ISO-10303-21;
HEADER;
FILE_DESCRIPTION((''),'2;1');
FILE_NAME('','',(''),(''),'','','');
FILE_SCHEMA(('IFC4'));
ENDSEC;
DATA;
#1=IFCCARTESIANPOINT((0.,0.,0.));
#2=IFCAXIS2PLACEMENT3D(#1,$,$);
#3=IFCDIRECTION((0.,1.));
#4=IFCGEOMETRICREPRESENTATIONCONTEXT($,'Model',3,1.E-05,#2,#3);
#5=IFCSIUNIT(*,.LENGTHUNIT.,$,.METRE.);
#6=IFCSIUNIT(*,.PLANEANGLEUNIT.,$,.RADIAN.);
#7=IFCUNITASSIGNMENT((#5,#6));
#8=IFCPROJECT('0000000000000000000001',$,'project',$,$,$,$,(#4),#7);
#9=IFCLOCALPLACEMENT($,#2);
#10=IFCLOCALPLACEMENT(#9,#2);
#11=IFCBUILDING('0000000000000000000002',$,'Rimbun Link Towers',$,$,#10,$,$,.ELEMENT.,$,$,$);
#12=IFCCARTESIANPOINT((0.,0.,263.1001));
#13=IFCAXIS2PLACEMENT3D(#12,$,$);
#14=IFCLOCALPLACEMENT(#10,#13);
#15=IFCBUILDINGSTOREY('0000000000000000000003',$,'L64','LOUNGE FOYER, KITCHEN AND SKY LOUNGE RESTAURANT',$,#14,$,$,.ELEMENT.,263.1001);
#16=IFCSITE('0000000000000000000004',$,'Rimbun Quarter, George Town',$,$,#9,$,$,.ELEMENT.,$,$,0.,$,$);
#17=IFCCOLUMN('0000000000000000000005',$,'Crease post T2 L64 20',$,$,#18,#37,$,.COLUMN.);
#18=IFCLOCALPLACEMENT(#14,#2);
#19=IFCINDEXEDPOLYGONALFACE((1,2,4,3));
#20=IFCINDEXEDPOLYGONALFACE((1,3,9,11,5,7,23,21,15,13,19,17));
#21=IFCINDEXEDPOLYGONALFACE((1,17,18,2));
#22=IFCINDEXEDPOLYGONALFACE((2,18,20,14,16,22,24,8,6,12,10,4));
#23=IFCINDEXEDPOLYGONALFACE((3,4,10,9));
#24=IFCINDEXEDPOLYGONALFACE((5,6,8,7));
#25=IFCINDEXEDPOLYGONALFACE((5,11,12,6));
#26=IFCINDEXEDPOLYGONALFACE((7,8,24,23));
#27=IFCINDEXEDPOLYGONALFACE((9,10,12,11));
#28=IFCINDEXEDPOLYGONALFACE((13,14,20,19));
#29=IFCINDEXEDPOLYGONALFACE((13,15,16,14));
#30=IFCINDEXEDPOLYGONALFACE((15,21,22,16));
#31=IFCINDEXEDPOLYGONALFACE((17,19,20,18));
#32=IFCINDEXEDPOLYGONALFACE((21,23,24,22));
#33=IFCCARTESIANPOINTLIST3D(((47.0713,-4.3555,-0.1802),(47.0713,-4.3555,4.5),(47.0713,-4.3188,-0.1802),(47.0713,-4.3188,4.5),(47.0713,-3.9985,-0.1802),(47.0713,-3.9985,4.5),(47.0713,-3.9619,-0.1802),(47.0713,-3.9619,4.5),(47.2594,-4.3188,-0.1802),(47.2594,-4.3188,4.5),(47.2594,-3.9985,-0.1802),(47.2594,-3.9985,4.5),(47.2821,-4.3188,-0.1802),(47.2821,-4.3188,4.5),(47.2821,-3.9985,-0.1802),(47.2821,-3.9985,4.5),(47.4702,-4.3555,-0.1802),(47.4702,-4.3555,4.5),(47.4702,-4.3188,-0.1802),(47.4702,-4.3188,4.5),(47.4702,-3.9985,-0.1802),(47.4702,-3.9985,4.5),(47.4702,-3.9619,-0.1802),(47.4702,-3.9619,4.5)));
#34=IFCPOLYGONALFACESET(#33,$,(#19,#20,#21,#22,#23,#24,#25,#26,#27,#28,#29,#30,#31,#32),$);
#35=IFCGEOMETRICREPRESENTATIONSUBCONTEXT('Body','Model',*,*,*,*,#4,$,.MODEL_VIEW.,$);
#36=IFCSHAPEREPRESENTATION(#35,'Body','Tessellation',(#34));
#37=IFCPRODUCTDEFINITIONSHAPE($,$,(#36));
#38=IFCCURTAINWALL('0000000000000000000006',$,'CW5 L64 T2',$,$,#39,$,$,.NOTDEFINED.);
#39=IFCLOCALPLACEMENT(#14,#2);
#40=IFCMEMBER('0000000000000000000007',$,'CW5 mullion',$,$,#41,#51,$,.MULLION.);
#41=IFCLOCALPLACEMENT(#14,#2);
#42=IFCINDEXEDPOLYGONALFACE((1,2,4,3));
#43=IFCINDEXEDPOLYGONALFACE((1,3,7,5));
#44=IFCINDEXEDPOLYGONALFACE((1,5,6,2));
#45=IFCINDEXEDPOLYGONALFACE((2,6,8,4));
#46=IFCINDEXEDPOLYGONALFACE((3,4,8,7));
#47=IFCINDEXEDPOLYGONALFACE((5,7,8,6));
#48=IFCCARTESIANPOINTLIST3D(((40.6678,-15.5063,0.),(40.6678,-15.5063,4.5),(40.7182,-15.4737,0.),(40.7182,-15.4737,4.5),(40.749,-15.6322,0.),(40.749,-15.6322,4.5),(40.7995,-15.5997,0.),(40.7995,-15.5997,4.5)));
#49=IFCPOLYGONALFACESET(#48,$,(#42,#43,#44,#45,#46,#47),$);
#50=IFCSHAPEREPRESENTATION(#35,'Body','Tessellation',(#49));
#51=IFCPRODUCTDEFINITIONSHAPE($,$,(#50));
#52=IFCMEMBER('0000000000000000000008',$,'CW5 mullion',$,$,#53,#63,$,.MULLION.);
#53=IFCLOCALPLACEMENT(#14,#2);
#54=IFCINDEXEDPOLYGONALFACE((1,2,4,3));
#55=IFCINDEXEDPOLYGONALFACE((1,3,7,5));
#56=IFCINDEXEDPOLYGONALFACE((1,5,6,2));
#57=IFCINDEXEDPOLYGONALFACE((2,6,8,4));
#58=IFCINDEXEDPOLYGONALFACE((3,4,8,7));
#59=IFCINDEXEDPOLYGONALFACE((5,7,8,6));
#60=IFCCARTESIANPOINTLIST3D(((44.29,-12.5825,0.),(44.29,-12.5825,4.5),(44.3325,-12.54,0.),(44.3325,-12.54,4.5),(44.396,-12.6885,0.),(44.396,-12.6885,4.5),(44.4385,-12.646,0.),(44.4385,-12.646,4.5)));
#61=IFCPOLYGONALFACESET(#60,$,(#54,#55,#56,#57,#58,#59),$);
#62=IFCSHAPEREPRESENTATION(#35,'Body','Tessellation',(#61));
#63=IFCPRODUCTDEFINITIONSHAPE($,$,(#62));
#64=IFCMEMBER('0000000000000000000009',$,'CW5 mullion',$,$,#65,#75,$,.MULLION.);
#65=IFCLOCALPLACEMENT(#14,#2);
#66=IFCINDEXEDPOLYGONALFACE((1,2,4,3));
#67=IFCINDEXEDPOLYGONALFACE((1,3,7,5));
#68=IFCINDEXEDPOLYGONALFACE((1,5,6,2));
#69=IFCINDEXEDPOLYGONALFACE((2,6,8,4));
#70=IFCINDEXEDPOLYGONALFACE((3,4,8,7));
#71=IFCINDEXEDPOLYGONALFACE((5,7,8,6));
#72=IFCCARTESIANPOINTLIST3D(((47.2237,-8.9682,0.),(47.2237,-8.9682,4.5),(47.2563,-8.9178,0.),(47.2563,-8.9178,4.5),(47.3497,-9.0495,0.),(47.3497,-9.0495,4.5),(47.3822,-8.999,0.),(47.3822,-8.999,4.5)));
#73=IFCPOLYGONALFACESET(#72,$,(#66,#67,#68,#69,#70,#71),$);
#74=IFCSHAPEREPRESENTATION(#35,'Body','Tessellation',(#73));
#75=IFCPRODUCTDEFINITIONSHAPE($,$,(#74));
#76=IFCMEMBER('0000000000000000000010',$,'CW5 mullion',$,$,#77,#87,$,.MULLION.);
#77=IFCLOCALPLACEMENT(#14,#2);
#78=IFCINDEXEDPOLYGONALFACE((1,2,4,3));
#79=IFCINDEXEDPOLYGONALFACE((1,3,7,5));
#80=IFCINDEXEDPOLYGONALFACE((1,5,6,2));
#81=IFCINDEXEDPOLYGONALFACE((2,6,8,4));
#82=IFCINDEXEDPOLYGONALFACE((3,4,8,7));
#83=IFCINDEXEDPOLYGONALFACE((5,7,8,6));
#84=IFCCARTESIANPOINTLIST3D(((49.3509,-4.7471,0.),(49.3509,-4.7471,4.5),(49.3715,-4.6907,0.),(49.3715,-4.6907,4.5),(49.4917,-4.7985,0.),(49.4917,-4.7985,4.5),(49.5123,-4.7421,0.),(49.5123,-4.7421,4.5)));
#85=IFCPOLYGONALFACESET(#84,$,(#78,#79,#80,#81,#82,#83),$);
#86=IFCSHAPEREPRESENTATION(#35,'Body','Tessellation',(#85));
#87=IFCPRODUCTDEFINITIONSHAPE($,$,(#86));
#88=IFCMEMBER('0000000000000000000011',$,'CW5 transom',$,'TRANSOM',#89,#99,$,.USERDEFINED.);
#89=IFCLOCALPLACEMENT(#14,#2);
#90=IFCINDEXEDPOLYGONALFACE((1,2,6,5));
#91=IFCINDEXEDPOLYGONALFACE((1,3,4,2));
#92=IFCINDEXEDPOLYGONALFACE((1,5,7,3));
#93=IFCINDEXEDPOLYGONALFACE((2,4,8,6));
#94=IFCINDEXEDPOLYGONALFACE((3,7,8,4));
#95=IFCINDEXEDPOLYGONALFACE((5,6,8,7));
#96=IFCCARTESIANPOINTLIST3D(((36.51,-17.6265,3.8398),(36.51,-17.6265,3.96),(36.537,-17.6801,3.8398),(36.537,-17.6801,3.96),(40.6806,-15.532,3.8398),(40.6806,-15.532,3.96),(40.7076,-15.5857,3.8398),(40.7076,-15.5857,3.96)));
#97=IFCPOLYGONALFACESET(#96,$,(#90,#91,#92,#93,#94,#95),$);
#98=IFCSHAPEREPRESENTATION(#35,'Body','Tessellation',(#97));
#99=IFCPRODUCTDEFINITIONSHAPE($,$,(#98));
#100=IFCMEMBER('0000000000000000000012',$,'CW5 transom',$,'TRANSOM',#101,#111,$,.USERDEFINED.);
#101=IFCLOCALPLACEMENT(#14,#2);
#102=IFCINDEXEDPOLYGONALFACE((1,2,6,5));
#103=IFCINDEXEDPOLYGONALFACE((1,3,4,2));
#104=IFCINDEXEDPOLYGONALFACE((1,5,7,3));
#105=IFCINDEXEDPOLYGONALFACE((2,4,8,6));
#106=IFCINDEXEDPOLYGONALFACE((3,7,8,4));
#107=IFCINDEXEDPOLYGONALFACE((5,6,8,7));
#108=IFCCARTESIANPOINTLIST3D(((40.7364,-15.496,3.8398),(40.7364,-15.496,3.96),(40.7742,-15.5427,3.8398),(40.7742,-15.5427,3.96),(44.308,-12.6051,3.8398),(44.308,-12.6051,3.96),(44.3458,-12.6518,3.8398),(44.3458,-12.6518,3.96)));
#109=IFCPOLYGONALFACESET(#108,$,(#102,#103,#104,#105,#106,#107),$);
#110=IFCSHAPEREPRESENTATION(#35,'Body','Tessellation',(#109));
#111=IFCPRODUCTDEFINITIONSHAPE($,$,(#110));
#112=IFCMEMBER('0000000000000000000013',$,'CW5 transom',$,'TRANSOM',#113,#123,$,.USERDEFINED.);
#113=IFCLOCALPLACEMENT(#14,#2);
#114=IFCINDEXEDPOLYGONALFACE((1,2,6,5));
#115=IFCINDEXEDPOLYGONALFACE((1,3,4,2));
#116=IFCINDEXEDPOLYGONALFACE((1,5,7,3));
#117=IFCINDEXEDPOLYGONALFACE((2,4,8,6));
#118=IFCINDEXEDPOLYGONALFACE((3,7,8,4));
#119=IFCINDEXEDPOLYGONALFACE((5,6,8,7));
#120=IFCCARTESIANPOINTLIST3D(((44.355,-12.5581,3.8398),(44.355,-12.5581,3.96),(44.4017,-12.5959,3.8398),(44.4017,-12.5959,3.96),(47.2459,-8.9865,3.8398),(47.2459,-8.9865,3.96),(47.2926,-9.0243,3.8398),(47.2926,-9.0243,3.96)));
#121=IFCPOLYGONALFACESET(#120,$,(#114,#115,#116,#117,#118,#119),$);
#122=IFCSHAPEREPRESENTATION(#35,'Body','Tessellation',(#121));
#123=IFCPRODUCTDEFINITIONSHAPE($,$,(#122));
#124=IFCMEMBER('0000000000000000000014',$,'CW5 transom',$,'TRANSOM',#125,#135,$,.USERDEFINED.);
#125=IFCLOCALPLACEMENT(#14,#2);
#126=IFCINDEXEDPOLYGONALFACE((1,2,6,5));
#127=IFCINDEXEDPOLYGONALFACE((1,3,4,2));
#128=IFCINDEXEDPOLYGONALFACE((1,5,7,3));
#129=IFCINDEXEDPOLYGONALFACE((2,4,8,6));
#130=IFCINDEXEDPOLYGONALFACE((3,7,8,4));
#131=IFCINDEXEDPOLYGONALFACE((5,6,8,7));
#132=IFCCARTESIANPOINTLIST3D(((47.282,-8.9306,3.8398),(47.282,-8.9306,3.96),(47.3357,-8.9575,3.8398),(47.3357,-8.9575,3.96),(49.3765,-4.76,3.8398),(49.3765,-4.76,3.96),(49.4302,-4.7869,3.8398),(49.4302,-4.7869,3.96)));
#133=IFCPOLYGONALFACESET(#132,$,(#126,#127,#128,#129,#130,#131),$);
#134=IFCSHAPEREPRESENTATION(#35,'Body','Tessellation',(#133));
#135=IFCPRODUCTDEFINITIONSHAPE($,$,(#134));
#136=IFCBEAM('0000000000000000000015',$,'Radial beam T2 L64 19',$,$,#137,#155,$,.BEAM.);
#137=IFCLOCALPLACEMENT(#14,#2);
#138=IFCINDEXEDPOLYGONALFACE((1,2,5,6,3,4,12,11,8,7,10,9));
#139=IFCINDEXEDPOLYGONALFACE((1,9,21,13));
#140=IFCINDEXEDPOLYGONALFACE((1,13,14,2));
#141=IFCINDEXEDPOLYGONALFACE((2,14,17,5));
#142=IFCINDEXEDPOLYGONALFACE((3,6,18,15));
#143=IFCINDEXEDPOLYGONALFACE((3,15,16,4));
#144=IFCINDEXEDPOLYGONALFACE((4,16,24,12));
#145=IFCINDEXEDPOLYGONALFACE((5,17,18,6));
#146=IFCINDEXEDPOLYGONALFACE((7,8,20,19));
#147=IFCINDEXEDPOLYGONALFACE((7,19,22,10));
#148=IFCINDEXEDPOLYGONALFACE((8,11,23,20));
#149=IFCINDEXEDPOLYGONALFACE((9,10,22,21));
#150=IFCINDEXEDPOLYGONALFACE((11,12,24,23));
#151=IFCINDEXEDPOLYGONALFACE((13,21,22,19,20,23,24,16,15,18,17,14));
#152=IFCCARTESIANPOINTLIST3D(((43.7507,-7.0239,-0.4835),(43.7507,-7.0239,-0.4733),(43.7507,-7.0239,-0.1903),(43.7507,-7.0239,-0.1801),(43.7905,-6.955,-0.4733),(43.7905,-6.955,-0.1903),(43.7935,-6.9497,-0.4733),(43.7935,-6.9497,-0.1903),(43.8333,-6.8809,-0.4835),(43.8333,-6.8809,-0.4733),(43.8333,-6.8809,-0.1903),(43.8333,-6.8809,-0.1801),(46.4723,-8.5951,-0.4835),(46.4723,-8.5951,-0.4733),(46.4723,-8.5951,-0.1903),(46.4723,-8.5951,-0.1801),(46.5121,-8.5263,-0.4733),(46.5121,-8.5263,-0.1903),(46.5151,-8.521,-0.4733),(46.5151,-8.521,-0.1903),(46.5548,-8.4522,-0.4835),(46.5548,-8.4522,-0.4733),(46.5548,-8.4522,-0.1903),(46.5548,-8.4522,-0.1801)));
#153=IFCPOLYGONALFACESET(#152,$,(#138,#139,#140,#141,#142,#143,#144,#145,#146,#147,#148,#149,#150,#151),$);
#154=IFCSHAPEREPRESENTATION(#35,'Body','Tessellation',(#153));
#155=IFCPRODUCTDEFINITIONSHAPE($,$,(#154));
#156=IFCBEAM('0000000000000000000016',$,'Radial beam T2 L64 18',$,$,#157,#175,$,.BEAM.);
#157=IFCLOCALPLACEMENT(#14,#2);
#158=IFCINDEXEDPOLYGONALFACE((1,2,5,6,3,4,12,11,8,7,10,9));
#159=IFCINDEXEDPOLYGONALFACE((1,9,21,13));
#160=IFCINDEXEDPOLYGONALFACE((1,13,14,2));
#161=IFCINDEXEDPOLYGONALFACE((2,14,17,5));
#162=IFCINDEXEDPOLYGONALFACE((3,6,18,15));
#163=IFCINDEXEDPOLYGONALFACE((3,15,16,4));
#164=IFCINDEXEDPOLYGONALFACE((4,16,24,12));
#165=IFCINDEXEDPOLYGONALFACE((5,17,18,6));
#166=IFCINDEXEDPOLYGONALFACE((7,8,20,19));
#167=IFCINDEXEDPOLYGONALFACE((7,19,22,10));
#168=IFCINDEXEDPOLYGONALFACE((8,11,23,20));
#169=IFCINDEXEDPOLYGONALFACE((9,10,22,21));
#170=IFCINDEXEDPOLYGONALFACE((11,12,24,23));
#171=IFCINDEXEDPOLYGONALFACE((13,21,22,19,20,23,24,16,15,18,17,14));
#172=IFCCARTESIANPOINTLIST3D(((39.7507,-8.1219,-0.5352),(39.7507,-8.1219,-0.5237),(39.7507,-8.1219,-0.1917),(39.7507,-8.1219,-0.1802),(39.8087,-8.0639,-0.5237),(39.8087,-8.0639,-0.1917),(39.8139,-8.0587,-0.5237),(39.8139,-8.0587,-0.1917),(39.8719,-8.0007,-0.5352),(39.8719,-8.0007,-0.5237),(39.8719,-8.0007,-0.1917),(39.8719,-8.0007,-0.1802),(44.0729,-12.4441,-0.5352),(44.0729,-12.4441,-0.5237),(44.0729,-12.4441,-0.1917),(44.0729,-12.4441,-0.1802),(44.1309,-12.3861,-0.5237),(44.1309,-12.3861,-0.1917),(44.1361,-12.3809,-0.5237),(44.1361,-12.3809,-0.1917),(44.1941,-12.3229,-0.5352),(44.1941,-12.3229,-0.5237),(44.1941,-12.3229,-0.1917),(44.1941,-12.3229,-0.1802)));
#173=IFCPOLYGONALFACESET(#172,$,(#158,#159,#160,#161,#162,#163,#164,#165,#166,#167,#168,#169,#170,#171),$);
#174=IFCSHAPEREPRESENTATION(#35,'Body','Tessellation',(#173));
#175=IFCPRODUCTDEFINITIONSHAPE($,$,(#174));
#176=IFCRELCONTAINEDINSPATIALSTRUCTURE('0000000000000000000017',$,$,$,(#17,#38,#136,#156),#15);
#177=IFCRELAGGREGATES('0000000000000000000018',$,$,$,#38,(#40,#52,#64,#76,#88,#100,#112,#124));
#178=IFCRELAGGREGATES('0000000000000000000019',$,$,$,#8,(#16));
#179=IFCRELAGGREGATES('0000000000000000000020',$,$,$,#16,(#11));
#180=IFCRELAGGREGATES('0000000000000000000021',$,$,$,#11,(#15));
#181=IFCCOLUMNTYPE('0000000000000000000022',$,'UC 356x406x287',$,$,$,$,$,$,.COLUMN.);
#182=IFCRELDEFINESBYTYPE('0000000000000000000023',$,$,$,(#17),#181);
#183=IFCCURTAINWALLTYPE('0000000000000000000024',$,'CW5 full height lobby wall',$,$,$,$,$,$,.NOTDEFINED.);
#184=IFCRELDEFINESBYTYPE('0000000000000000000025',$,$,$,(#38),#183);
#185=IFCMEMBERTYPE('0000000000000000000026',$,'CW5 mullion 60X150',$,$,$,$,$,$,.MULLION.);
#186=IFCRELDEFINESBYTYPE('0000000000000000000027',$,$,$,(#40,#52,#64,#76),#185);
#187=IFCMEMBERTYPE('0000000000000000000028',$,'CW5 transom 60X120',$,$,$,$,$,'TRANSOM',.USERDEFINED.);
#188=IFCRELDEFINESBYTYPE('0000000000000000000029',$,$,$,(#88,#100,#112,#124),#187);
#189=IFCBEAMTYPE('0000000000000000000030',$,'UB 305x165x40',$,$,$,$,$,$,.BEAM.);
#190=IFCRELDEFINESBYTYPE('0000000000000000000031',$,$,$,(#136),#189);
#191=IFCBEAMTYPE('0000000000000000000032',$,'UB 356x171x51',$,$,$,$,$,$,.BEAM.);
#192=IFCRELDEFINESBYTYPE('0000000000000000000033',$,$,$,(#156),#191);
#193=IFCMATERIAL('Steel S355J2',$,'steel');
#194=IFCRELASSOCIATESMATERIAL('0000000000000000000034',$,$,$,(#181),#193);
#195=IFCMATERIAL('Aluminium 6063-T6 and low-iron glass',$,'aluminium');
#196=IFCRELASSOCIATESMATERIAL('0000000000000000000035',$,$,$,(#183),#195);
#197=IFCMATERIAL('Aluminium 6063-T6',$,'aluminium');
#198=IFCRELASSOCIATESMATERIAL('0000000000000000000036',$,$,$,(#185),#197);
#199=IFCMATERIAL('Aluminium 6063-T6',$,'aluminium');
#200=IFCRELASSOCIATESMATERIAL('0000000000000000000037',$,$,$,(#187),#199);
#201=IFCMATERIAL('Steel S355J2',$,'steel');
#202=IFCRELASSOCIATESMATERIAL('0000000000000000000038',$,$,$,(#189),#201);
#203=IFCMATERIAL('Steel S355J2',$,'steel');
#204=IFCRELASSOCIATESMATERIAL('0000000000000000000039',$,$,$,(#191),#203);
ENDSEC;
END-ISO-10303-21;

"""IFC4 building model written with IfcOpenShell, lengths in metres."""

from ifc_helpers import new_model, si_unit, direction, frame, origin, origin_2d, place, context, subcontext, project, spatial, rectangle, i_section, extrude, material, material_profile, profile_set, type_object, element, aggregate, save


model = new_model("IFC4")

# Units and contexts
model_context = context("Model", 3, precision=1e-05, world=origin(), true_north=direction((0.0, 1.0)))
body_context = subcontext(model_context, "Body", "Model", "MODEL_VIEW")
ifc_project = project(units=[si_unit("LENGTHUNIT", "METRE"), si_unit("PLANEANGLEUNIT", "RADIAN")], contexts=[model_context])

# Site, building, storey
site_placement = place(None, origin())
site = spatial("IfcSite", under=ifc_project, at=site_placement, Name="Rimbun Quarter, George Town", CompositionType="ELEMENT", RefElevation=0.0)
building_placement = place(site_placement, origin())
building = spatial("IfcBuilding", under=site, at=building_placement, Name="Rimbun Link Towers", CompositionType="ELEMENT")
storey_placement = place(building_placement, frame((0.0, 0.0, 263.1001)))
storey = spatial("IfcBuildingStorey", under=building, at=storey_placement, Name="L64", Description="LOUNGE FOYER, KITCHEN AND SKY LOUNGE RESTAURANT", CompositionType="ELEMENT", Elevation=263.1001)

# Column
ifc_material_1 = material(Name="Steel S355J2", Category="steel")
ifc_material_profile_1 = material_profile(ifc_material_1, i_section(OverallWidth=0.3989, OverallDepth=0.3936, WebThickness=0.0227, FlangeThickness=0.0366, at=origin_2d()), Name="UC 356x406x287")
ifc_profile_set_1 = profile_set([ifc_material_profile_1], Name="Steel S355J2")
column_type = type_object("IfcColumnType", Name="UC 356x406x287", PredefinedType="COLUMN", material=ifc_profile_set_1)
column_placement = place(storey_placement, frame((47.2708, -4.1587, -0.1802), z_axis=(0.0, 0.0, 1.0), x_axis=(1.0, 0.0, 0.0)))
element("IfcColumn", 1, at=column_placement, inside=storey, type_object=column_type, Name="Crease post T2 L64 20", PredefinedType="COLUMN", context=body_context, shape_type="SweptSolid", body=[
    extrude(i_section(OverallWidth=0.3989, OverallDepth=0.3936, WebThickness=0.0227, FlangeThickness=0.0366, at=origin_2d()), origin(), (0.0, 0.0, 1.0), 4.6802),
])

# Curtain wall, members
ifc_material_2 = material(Name="Aluminium 6063-T6 and low-iron glass", Category="aluminium")
curtain_wall_type = type_object("IfcCurtainWallType", Name="CW5 full height lobby wall", PredefinedType="NOTDEFINED", material=ifc_material_2)
curtain_wall_placement = place(storey_placement, origin())
curtain_wall = element("IfcCurtainWall", 2, at=curtain_wall_placement, inside=storey, type_object=curtain_wall_type, Name="CW5 L64 T2", PredefinedType="NOTDEFINED")
ifc_material_3 = material(Name="Aluminium 6063-T6", Category="aluminium")
ifc_material_profile_2 = material_profile(ifc_material_3, rectangle(XDim=0.1499, YDim=0.0601, at=origin_2d()), Name="MULLION 60X150")
ifc_profile_set_2 = profile_set([ifc_material_profile_2], Name="Aluminium 6063-T6")
member_type_1 = type_object("IfcMemberType", Name="CW5 mullion 60X150", PredefinedType="MULLION", material=ifc_profile_set_2)
member_1_placement = place(storey_placement, frame((40.7336, -15.553, 0.0), z_axis=(0.0, 0.0, 1.0), x_axis=(0.542096, -0.840317, 0.0)))
member_1 = element("IfcMember", 3, at=member_1_placement, type_object=member_type_1, Name="CW5 mullion", PredefinedType="MULLION", context=body_context, shape_type="SweptSolid", body=[
    extrude(rectangle(XDim=0.1499, YDim=0.0601, at=origin_2d()), origin(), (0.0, 0.0, 1.0), 4.5),
])
member_2_placement = place(storey_placement, frame((44.3643, -12.6143, 0.0), z_axis=(0.0, 0.0, 1.0), x_axis=(0.707107, -0.707107, 0.0)))
member_2 = element("IfcMember", 4, at=member_2_placement, type_object=member_type_1, Name="CW5 mullion", PredefinedType="MULLION", context=body_context, shape_type="SweptSolid", body=[
    extrude(rectangle(XDim=0.1499, YDim=0.0601, at=origin_2d()), origin(), (0.0, 0.0, 1.0), 4.5),
])
member_3_placement = place(storey_placement, frame((47.303, -8.9836, 0.0), z_axis=(0.0, 0.0, 1.0), x_axis=(0.840317, -0.542096, 0.0)))
member_3 = element("IfcMember", 5, at=member_3_placement, type_object=member_type_1, Name="CW5 mullion", PredefinedType="MULLION", context=body_context, shape_type="SweptSolid", body=[
    extrude(rectangle(XDim=0.1499, YDim=0.0601, at=origin_2d()), origin(), (0.0, 0.0, 1.0), 4.5),
])
member_4_placement = place(storey_placement, frame((49.4316, -4.7446, 0.0), z_axis=(0.0, 0.0, 1.0), x_axis=(0.939345, -0.342975, 0.0)))
member_4 = element("IfcMember", 6, at=member_4_placement, type_object=member_type_1, Name="CW5 mullion", PredefinedType="MULLION", context=body_context, shape_type="SweptSolid", body=[
    extrude(rectangle(XDim=0.1499, YDim=0.0601, at=origin_2d()), origin(), (0.0, 0.0, 1.0), 4.5),
])
ifc_material_4 = material(Name="Aluminium 6063-T6", Category="aluminium")
ifc_material_profile_3 = material_profile(ifc_material_4, rectangle(XDim=0.0601, YDim=0.1201, at=origin_2d()), Name="TRANSOM 60X120")
ifc_profile_set_3 = profile_set([ifc_material_profile_3], Name="Aluminium 6063-T6")
member_type_2 = type_object("IfcMemberType", Name="CW5 transom 60X120", ElementType="TRANSOM", PredefinedType="USERDEFINED", material=ifc_profile_set_3)
member_5_placement = place(storey_placement, frame((40.6941, -15.5588, 3.8999), z_axis=(-0.893641, -0.448782, 0.0), x_axis=(0.448782, -0.893641, 0.0)))
member_5 = element("IfcMember", 7, at=member_5_placement, type_object=member_type_2, Name="CW5 transom", ObjectType="TRANSOM", PredefinedType="USERDEFINED", context=body_context, shape_type="SweptSolid", body=[
    extrude(rectangle(XDim=0.0601, YDim=0.1201, at=origin_2d()), origin(), (0.0, 0.0, 1.0), 4.667),
])
member_6_placement = place(storey_placement, frame((44.3269, -12.6284, 3.8999), z_axis=(-0.777284, -0.629149, 0.0), x_axis=(0.629149, -0.777284, 0.0)))
member_6 = element("IfcMember", 8, at=member_6_placement, type_object=member_type_2, Name="CW5 transom", ObjectType="TRANSOM", PredefinedType="USERDEFINED", context=body_context, shape_type="SweptSolid", body=[
    extrude(rectangle(XDim=0.0601, YDim=0.1201, at=origin_2d()), origin(), (0.0, 0.0, 1.0), 4.595),
])
member_7_placement = place(storey_placement, frame((47.2693, -9.0054, 3.8999), z_axis=(-0.629149, -0.777284, 0.0), x_axis=(0.777284, -0.629149, 0.0)))
member_7 = element("IfcMember", 9, at=member_7_placement, type_object=member_type_2, Name="CW5 transom", ObjectType="TRANSOM", PredefinedType="USERDEFINED", context=body_context, shape_type="SweptSolid", body=[
    extrude(rectangle(XDim=0.0601, YDim=0.1201, at=origin_2d()), origin(), (0.0, 0.0, 1.0), 4.595),
])
member_8_placement = place(storey_placement, frame((49.4033, -4.7734, 3.8999), z_axis=(-0.448782, -0.893641, 0.0), x_axis=(0.893641, -0.448782, 0.0)))
member_8 = element("IfcMember", 10, at=member_8_placement, type_object=member_type_2, Name="CW5 transom", ObjectType="TRANSOM", PredefinedType="USERDEFINED", context=body_context, shape_type="SweptSolid", body=[
    extrude(rectangle(XDim=0.0601, YDim=0.1201, at=origin_2d()), origin(), (0.0, 0.0, 1.0), 4.667),
])

# Beams
ifc_material_5 = material(Name="Steel S355J2", Category="steel")
ifc_material_profile_4 = material_profile(ifc_material_5, i_section(OverallWidth=0.165, OverallDepth=0.3035, WebThickness=0.0061, FlangeThickness=0.0103, at=origin_2d()), Name="UB 305x165x40")
ifc_profile_set_4 = profile_set([ifc_material_profile_4], Name="Steel S355J2")
beam_type_1 = type_object("IfcBeamType", Name="UB 305x165x40", PredefinedType="BEAM", material=ifc_profile_set_4)
beam_1_placement = place(storey_placement, frame((43.792, -6.9524, -0.3318), z_axis=(0.866036, -0.499982, 0.0), x_axis=(0.499982, 0.866036, 0.0)))
element("IfcBeam", 11, at=beam_1_placement, inside=storey, type_object=beam_type_1, Name="Radial beam T2 L64 19", PredefinedType="BEAM", context=body_context, shape_type="SweptSolid", body=[
    extrude(i_section(OverallWidth=0.165, OverallDepth=0.3035, WebThickness=0.0061, FlangeThickness=0.0103, at=origin_2d()), origin(), (0.0, 0.0, 1.0), 3.1426),
])
ifc_material_6 = material(Name="Steel S355J2", Category="steel")
ifc_material_profile_5 = material_profile(ifc_material_6, i_section(OverallWidth=0.1714, OverallDepth=0.355, WebThickness=0.0073, FlangeThickness=0.0115, at=origin_2d()), Name="UB 356x171x51")
ifc_profile_set_5 = profile_set([ifc_material_profile_5], Name="Steel S355J2")
beam_type_2 = type_object("IfcBeamType", Name="UB 356x171x51", PredefinedType="BEAM", material=ifc_profile_set_5)
beam_2_placement = place(storey_placement, frame((39.8113, -8.0613, -0.3577), z_axis=(0.707107, -0.707107, 0.0), x_axis=(0.707107, 0.707107, 0.0)))
element("IfcBeam", 12, at=beam_2_placement, inside=storey, type_object=beam_type_2, Name="Radial beam T2 L64 18", PredefinedType="BEAM", context=body_context, shape_type="SweptSolid", body=[
    extrude(i_section(OverallWidth=0.1714, OverallDepth=0.355, WebThickness=0.0073, FlangeThickness=0.0115, at=origin_2d()), origin(), (0.0, 0.0, 1.0), 6.1125),
])

aggregate(curtain_wall, [member_1, member_2, member_3, member_4, member_5, member_6, member_7, member_8])

save(model, "model.ifc")
